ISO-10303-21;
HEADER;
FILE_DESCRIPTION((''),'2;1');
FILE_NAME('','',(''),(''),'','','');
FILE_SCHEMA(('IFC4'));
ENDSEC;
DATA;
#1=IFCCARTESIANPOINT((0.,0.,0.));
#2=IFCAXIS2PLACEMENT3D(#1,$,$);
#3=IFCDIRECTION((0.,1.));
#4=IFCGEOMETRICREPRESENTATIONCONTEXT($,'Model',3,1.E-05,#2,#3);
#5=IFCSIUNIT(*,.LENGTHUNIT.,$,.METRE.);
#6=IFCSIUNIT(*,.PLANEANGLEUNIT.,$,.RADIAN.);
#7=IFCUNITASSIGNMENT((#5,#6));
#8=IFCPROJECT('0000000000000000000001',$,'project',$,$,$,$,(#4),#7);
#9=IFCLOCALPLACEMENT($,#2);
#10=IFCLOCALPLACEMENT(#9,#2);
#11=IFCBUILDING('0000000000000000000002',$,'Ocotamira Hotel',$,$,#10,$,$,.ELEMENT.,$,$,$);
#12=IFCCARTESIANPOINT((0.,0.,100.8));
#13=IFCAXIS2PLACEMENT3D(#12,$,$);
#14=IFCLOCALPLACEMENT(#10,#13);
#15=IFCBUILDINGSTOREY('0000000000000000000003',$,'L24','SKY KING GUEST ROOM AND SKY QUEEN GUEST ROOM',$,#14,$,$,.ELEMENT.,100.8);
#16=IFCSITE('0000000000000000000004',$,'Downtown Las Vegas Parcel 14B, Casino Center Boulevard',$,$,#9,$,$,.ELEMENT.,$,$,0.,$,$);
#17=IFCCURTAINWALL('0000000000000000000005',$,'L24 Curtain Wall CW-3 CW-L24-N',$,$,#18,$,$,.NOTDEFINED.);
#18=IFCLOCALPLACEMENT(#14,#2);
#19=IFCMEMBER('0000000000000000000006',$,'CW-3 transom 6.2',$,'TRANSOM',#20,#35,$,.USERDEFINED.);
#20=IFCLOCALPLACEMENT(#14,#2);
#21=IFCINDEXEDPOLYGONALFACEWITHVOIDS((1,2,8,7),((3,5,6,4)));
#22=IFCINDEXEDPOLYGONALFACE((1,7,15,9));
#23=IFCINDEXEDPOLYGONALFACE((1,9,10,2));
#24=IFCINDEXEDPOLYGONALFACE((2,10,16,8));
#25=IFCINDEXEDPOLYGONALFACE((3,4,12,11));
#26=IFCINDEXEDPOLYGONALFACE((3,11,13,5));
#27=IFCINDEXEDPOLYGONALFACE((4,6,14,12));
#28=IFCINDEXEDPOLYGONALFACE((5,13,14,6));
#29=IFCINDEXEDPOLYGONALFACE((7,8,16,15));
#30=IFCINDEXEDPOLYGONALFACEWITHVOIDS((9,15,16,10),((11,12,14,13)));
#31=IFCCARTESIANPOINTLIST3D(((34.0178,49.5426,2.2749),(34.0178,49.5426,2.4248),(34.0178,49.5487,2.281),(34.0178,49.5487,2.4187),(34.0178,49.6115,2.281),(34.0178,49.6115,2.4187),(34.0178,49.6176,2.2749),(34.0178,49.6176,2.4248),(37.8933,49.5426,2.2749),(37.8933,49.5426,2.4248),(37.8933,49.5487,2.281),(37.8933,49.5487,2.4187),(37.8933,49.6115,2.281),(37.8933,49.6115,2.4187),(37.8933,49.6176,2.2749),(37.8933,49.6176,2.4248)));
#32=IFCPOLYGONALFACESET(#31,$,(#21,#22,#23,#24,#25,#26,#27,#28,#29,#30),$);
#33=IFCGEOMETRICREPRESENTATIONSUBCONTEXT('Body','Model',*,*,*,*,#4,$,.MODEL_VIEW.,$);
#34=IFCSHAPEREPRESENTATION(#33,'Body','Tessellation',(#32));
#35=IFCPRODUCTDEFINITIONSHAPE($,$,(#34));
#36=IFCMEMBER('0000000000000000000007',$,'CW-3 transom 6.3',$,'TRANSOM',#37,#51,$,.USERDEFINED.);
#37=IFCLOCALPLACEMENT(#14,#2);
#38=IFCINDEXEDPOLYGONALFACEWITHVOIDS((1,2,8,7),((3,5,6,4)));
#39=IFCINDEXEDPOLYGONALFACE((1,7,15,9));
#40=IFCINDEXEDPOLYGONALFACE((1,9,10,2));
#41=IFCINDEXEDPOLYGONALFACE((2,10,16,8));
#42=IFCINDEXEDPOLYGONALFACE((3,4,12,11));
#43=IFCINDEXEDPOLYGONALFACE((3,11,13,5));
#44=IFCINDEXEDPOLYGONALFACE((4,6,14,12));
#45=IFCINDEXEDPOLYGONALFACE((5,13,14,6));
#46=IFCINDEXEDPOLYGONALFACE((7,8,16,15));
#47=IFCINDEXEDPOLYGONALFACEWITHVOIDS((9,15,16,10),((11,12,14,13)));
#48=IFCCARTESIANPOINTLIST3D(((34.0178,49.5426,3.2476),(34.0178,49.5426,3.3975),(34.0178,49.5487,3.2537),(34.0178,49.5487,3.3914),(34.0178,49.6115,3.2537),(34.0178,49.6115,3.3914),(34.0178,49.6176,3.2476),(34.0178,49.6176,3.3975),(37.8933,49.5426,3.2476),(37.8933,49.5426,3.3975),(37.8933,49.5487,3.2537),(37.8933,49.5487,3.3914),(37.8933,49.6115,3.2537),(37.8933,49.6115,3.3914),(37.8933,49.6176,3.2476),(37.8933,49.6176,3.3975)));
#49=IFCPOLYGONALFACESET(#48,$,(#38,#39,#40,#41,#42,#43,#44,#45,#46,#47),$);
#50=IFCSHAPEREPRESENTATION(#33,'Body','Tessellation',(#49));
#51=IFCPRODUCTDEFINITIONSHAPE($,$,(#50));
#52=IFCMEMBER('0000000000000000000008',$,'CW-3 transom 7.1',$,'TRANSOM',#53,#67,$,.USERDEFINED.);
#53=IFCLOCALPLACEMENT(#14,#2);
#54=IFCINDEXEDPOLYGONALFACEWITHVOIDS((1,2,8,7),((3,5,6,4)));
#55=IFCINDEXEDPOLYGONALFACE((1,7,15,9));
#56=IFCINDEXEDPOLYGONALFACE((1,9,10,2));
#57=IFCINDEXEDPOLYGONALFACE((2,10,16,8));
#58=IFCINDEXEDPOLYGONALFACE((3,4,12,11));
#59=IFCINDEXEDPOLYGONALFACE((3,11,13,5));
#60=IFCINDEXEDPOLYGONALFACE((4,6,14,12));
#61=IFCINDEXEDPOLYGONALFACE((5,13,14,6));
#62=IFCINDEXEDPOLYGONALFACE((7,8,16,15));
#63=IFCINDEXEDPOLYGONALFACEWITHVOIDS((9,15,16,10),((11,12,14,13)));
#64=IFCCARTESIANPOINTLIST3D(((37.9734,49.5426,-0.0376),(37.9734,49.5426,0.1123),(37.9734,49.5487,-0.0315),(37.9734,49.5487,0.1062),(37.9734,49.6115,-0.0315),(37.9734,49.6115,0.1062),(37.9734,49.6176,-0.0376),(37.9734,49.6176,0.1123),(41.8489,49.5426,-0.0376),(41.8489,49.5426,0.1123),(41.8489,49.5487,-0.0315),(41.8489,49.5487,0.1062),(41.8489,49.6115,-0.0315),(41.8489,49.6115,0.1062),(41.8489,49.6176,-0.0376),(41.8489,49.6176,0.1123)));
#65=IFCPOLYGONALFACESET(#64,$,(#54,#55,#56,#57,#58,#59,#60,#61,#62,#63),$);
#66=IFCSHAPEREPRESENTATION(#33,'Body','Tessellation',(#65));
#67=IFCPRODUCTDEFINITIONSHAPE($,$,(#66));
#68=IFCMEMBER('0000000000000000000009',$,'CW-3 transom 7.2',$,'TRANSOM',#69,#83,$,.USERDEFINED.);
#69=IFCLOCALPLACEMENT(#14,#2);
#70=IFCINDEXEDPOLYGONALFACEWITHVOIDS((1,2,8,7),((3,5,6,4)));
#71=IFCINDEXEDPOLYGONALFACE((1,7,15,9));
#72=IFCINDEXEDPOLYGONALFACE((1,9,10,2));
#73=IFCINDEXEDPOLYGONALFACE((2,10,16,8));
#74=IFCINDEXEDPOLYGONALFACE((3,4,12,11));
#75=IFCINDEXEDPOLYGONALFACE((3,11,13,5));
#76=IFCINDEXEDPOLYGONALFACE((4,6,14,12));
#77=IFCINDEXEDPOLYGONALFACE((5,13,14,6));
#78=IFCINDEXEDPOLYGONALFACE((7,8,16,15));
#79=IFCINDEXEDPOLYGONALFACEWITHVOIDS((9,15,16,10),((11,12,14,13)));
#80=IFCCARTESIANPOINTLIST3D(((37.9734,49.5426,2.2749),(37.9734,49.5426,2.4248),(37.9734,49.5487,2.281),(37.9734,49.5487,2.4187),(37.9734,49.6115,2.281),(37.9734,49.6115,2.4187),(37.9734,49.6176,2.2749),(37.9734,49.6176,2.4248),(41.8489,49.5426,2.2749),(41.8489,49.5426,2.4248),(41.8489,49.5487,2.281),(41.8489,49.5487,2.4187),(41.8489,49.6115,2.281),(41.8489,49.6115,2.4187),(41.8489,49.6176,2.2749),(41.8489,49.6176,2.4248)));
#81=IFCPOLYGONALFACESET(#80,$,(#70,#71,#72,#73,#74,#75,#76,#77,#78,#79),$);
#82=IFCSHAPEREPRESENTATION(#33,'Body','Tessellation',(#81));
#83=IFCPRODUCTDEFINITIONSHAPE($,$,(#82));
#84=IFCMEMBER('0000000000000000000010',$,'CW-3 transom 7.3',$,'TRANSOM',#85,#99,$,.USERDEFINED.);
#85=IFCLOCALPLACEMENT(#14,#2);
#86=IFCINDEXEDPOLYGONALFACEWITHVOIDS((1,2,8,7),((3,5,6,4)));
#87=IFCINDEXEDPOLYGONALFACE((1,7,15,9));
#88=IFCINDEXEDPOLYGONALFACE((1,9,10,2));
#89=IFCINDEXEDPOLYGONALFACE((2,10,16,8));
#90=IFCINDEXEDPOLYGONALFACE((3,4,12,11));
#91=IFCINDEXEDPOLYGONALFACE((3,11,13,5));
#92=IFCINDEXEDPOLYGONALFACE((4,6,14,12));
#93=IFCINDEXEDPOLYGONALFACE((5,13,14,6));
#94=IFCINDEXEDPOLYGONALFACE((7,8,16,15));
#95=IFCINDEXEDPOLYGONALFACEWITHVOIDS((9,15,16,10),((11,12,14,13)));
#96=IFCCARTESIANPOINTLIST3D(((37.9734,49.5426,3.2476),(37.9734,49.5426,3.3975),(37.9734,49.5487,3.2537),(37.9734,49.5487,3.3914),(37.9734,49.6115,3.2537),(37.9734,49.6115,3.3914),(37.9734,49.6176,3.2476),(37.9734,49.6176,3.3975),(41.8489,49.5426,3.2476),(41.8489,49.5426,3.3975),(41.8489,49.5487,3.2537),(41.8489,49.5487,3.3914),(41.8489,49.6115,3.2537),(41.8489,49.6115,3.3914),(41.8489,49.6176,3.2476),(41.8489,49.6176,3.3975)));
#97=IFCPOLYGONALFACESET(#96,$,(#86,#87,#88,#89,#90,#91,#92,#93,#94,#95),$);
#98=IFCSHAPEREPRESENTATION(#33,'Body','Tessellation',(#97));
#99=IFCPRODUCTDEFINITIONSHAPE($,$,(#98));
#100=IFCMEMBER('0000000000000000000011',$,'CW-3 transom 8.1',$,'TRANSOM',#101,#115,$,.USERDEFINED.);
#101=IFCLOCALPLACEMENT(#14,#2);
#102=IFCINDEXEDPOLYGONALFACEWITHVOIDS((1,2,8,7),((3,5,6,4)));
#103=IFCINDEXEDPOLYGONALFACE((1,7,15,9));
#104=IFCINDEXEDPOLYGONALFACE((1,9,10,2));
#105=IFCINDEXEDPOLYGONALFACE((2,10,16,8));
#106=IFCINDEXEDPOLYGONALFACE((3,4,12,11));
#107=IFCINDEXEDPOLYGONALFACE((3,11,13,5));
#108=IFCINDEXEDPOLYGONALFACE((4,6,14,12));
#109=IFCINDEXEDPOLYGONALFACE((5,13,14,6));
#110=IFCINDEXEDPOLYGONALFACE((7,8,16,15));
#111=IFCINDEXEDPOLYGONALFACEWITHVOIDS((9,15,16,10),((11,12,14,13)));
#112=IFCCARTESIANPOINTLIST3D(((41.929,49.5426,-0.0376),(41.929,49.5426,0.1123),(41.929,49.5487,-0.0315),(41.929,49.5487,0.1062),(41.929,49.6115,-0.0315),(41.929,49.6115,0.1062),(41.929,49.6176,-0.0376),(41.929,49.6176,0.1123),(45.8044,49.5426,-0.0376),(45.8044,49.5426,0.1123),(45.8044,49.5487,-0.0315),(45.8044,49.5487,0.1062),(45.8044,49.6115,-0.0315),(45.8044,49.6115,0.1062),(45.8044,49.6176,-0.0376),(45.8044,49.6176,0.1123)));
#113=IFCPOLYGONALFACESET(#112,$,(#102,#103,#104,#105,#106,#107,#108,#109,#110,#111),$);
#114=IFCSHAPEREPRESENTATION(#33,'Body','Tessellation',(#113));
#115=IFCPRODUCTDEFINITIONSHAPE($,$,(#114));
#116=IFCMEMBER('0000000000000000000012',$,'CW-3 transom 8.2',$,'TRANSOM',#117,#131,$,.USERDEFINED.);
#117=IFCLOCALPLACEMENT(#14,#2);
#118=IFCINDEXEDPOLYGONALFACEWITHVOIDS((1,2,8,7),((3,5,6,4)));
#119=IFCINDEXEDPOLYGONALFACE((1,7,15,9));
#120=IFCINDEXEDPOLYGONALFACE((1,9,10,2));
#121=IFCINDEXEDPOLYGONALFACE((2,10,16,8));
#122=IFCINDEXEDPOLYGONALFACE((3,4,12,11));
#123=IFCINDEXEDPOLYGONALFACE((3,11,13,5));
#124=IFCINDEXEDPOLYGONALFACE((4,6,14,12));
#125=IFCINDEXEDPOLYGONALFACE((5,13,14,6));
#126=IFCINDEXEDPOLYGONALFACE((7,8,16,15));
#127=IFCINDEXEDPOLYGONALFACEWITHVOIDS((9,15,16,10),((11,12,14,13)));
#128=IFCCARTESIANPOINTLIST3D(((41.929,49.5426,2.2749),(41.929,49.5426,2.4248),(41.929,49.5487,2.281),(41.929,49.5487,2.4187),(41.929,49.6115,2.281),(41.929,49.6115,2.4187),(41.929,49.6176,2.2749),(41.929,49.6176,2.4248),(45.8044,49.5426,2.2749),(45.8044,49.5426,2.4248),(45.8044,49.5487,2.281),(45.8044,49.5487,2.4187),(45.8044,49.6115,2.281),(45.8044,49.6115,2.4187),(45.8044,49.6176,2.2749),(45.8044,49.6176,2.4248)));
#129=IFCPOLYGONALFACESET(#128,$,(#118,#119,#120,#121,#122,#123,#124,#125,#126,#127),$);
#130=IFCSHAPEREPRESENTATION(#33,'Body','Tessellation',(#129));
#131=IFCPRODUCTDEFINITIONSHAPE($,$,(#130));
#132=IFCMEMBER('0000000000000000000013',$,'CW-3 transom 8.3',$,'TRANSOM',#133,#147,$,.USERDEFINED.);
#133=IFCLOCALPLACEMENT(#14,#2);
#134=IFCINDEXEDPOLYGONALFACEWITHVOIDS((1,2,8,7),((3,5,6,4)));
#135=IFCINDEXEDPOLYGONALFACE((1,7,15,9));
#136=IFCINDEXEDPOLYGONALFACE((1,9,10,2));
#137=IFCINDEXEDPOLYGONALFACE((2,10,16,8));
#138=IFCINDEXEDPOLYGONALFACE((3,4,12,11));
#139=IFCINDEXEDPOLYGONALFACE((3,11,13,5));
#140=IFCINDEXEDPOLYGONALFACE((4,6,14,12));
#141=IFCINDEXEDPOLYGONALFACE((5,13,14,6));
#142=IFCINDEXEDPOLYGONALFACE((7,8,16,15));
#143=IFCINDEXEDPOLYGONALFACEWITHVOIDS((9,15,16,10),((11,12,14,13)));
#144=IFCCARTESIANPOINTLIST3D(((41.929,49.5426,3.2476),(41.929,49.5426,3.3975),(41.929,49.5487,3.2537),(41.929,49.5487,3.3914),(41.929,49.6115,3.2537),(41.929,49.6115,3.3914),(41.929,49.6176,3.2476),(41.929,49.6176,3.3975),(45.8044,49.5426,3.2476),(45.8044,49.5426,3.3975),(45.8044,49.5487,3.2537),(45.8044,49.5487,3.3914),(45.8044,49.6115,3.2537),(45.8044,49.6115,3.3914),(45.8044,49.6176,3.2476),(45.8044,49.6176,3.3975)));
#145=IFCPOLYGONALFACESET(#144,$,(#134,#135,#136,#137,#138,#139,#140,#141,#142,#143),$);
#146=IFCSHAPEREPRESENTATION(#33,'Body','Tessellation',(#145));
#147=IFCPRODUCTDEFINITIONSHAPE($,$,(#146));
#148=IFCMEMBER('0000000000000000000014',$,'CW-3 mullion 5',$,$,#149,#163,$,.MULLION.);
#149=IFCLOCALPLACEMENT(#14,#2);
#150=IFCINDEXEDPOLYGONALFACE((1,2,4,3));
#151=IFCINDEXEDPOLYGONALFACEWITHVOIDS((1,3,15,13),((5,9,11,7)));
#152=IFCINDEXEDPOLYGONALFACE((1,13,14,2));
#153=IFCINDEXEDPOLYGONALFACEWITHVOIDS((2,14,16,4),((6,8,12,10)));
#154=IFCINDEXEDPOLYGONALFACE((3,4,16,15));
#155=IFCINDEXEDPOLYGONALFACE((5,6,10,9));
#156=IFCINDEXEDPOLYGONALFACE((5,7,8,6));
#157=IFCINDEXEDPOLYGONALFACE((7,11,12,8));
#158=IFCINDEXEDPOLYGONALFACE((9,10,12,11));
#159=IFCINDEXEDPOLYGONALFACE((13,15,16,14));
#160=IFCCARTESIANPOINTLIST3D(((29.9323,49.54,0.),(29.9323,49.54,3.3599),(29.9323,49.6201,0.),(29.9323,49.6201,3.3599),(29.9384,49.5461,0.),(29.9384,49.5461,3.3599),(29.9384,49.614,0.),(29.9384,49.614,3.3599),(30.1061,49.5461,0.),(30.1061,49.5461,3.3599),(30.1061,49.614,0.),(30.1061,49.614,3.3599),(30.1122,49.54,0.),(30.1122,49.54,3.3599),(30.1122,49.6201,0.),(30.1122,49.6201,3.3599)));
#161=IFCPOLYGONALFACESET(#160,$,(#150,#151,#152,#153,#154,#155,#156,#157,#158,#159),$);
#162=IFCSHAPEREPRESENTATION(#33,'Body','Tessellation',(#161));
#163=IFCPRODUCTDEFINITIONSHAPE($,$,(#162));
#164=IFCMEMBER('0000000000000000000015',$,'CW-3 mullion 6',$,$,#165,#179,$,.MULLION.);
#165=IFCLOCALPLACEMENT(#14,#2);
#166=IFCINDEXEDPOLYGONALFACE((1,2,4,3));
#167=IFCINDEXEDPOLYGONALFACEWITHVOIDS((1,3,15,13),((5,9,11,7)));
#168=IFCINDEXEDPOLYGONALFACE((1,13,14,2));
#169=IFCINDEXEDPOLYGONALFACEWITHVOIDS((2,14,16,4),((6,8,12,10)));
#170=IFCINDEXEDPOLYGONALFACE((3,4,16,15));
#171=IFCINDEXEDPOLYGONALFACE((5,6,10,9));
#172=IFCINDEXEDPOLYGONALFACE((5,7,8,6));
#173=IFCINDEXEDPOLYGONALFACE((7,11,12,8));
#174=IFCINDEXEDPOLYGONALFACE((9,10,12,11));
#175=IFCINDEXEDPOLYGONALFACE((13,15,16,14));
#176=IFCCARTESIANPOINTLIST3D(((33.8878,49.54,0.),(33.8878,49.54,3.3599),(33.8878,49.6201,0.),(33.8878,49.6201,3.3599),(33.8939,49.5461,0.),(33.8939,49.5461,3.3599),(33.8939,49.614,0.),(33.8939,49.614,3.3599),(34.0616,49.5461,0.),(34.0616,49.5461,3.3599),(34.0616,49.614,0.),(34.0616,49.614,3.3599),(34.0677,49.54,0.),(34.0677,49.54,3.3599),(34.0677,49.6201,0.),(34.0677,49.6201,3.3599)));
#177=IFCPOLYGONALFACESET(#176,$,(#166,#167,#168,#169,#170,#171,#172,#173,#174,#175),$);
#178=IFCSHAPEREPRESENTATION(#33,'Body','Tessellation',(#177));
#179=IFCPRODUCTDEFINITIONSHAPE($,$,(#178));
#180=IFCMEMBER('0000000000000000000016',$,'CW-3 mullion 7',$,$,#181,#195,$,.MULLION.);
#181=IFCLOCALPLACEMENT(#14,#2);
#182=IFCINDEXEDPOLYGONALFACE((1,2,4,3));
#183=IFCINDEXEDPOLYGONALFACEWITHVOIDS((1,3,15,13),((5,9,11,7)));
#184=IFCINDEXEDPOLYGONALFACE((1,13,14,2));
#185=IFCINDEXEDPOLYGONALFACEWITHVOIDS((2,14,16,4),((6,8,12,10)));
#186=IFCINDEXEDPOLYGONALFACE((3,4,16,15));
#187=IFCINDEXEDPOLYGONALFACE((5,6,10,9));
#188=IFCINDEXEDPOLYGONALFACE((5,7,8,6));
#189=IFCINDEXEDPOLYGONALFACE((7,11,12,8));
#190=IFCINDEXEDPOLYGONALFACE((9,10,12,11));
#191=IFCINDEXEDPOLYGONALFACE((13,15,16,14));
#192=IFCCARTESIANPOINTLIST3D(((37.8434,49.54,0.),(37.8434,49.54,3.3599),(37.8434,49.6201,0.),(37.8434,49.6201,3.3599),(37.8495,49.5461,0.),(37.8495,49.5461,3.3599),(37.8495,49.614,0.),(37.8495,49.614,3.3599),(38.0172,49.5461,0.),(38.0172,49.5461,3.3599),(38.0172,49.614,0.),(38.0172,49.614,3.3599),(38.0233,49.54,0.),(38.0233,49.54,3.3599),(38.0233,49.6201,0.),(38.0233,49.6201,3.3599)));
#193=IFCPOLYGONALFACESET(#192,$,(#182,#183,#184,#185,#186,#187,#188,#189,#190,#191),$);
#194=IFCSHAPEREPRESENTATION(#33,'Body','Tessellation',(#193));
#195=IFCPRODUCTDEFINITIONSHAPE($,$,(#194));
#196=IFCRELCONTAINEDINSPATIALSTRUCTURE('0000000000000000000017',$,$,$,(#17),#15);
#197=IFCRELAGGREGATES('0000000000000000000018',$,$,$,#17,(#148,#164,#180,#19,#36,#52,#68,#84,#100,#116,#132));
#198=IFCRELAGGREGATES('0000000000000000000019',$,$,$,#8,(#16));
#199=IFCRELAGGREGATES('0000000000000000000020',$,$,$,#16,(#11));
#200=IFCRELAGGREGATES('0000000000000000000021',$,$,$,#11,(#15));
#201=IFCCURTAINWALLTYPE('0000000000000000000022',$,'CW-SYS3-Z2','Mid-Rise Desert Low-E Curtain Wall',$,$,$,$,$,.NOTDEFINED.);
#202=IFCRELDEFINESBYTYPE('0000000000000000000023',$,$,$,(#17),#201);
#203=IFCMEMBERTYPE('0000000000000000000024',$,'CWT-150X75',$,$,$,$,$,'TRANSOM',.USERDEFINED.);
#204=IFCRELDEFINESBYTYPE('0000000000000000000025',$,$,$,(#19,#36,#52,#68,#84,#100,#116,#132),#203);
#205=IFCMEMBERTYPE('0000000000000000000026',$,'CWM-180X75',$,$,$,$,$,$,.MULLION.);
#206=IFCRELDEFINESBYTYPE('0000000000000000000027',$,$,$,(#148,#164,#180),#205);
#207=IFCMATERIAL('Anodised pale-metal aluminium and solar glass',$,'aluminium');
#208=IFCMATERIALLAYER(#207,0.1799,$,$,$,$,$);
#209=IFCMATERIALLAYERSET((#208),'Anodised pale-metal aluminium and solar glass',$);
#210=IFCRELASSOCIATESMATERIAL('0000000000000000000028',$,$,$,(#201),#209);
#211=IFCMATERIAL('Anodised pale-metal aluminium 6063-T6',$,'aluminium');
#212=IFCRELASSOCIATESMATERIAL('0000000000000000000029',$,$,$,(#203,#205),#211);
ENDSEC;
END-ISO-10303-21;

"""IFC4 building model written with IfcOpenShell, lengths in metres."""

from ifc_helpers import new_model, si_unit, direction, frame, origin, origin_2d, place, context, subcontext, project, spatial, hollow_rectangle, extrude, source, transform, mapped, material, layer, layer_set, material_profile, profile_set, type_object, element, aggregate, save


model = new_model("IFC4")

# Units and contexts
model_context = context("Model", 3, precision=1e-05, world=origin(), true_north=direction((0.0, 1.0)))
body_context = subcontext(model_context, "Body", "Model", "MODEL_VIEW")
ifc_project = project(units=[si_unit("LENGTHUNIT", "METRE"), si_unit("PLANEANGLEUNIT", "RADIAN")], contexts=[model_context])

# Site, building, storey
site_placement = place(None, origin())
site = spatial("IfcSite", under=ifc_project, at=site_placement, Name="Downtown Las Vegas Parcel 14B, Casino Center Boulevard", CompositionType="ELEMENT", RefElevation=0.0)
building_placement = place(site_placement, origin())
building = spatial("IfcBuilding", under=site, at=building_placement, Name="Ocotamira Hotel", CompositionType="ELEMENT")
storey_placement = place(building_placement, frame((0.0, 0.0, 100.8)))
storey = spatial("IfcBuildingStorey", under=building, at=storey_placement, Name="L24", Description="SKY KING GUEST ROOM AND SKY QUEEN GUEST ROOM", CompositionType="ELEMENT", Elevation=100.8)

# Curtain wall, members
ifc_material_1 = material(Name="Anodised pale-metal aluminium and solar glass", Category="aluminium")
ifc_layer_1 = layer(ifc_material_1, 0.1799)
ifc_layer_set_1 = layer_set([ifc_layer_1], Name="Anodised pale-metal aluminium and solar glass")
curtain_wall_type = type_object("IfcCurtainWallType", Name="CW-SYS3-Z2", Description="Mid-Rise Desert Low-E Curtain Wall", PredefinedType="NOTDEFINED", material=ifc_layer_set_1)
curtain_wall_placement = place(storey_placement, origin())
curtain_wall = element("IfcCurtainWall", 1, at=curtain_wall_placement, inside=storey, type_object=curtain_wall_type, Name="L24 Curtain Wall CW-3 CW-L24-N", PredefinedType="NOTDEFINED")
ifc_material_2 = material(Name="Anodised pale-metal aluminium 6063-T6", Category="aluminium")
ifc_material_profile_1 = material_profile(ifc_material_2, hollow_rectangle(XDim=0.075, YDim=0.1499, WallThickness=0.0061, at=origin_2d()), Name="HSS150X75X6")
ifc_profile_set_1 = profile_set([ifc_material_profile_1], Name="Anodised pale-metal aluminium 6063-T6")
member_type_1 = type_object("IfcMemberType", Name="CWT-150X75", ElementType="TRANSOM", PredefinedType="USERDEFINED", material=ifc_profile_set_1)
shared_shape_1 = source(origin(), body_context, "Body", "SweptSolid", [
    extrude(hollow_rectangle(XDim=0.075, YDim=0.1499, WallThickness=0.0061, at=origin_2d()), origin(), (0.0, 0.0, 1.0), 3.8755),
])
member_1_placement = place(storey_placement, frame((34.0178, 49.5801, 2.3499), z_axis=(1.0, 0.0, 0.0), x_axis=(0.0, 1.0, 0.0)))
member_1 = element("IfcMember", 2, at=member_1_placement, type_object=member_type_1, Name="CW-3 transom 6.2", ObjectType="TRANSOM", PredefinedType="USERDEFINED", context=body_context, shape_type="MappedRepresentation", body=[
    mapped(shared_shape_1, transform((0.0, 0.0, 0.0), scale=1.0)),
])
member_2_placement = place(storey_placement, frame((34.0178, 49.5801, 3.3225), z_axis=(1.0, 0.0, 0.0), x_axis=(0.0, 1.0, 0.0)))
member_2 = element("IfcMember", 3, at=member_2_placement, type_object=member_type_1, Name="CW-3 transom 6.3", ObjectType="TRANSOM", PredefinedType="USERDEFINED", context=body_context, shape_type="MappedRepresentation", body=[
    mapped(shared_shape_1, transform((0.0, 0.0, 0.0), scale=1.0)),
])
member_3_placement = place(storey_placement, frame((37.9734, 49.5801, 0.0374), z_axis=(1.0, 0.0, 0.0), x_axis=(0.0, 1.0, 0.0)))
member_3 = element("IfcMember", 4, at=member_3_placement, type_object=member_type_1, Name="CW-3 transom 7.1", ObjectType="TRANSOM", PredefinedType="USERDEFINED", context=body_context, shape_type="MappedRepresentation", body=[
    mapped(shared_shape_1, transform((0.0, 0.0, 0.0), scale=1.0)),
])
member_4_placement = place(storey_placement, frame((37.9734, 49.5801, 2.3499), z_axis=(1.0, 0.0, 0.0), x_axis=(0.0, 1.0, 0.0)))
member_4 = element("IfcMember", 5, at=member_4_placement, type_object=member_type_1, Name="CW-3 transom 7.2", ObjectType="TRANSOM", PredefinedType="USERDEFINED", context=body_context, shape_type="MappedRepresentation", body=[
    mapped(shared_shape_1, transform((0.0, 0.0, 0.0), scale=1.0)),
])
member_5_placement = place(storey_placement, frame((37.9734, 49.5801, 3.3225), z_axis=(1.0, 0.0, 0.0), x_axis=(0.0, 1.0, 0.0)))
member_5 = element("IfcMember", 6, at=member_5_placement, type_object=member_type_1, Name="CW-3 transom 7.3", ObjectType="TRANSOM", PredefinedType="USERDEFINED", context=body_context, shape_type="MappedRepresentation", body=[
    mapped(shared_shape_1, transform((0.0, 0.0, 0.0), scale=1.0)),
])
member_6_placement = place(storey_placement, frame((41.929, 49.5801, 0.0374), z_axis=(1.0, 0.0, 0.0), x_axis=(0.0, 1.0, 0.0)))
member_6 = element("IfcMember", 7, at=member_6_placement, type_object=member_type_1, Name="CW-3 transom 8.1", ObjectType="TRANSOM", PredefinedType="USERDEFINED", context=body_context, shape_type="MappedRepresentation", body=[
    mapped(shared_shape_1, transform((0.0, 0.0, 0.0), scale=1.0)),
])
member_7_placement = place(storey_placement, frame((41.929, 49.5801, 2.3499), z_axis=(1.0, 0.0, 0.0), x_axis=(0.0, 1.0, 0.0)))
member_7 = element("IfcMember", 8, at=member_7_placement, type_object=member_type_1, Name="CW-3 transom 8.2", ObjectType="TRANSOM", PredefinedType="USERDEFINED", context=body_context, shape_type="MappedRepresentation", body=[
    mapped(shared_shape_1, transform((0.0, 0.0, 0.0), scale=1.0)),
])
member_8_placement = place(storey_placement, frame((41.929, 49.5801, 3.3225), z_axis=(1.0, 0.0, 0.0), x_axis=(0.0, 1.0, 0.0)))
member_8 = element("IfcMember", 9, at=member_8_placement, type_object=member_type_1, Name="CW-3 transom 8.3", ObjectType="TRANSOM", PredefinedType="USERDEFINED", context=body_context, shape_type="MappedRepresentation", body=[
    mapped(shared_shape_1, transform((0.0, 0.0, 0.0), scale=1.0)),
])
ifc_material_profile_2 = material_profile(ifc_material_2, hollow_rectangle(XDim=0.0801, YDim=0.1799, WallThickness=0.0061, at=origin_2d()), Name="HSS180X80X6")
ifc_profile_set_2 = profile_set([ifc_material_profile_2], Name="Anodised pale-metal aluminium 6063-T6")
member_type_2 = type_object("IfcMemberType", Name="CWM-180X75", PredefinedType="MULLION", material=ifc_profile_set_2)
shared_shape_2 = source(origin(), body_context, "Body", "SweptSolid", [
    extrude(hollow_rectangle(XDim=0.0801, YDim=0.1799, WallThickness=0.0061, at=origin_2d()), origin(), (0.0, 0.0, 1.0), 3.3599),
])
member_9_placement = place(storey_placement, frame((30.0222, 49.5801, 0.0), z_axis=(0.0, 0.0, 1.0), x_axis=(0.0, 1.0, 0.0)))
member_9 = element("IfcMember", 10, at=member_9_placement, type_object=member_type_2, Name="CW-3 mullion 5", PredefinedType="MULLION", context=body_context, shape_type="MappedRepresentation", body=[
    mapped(shared_shape_2, transform((0.0, 0.0, 0.0), scale=1.0)),
])
member_10_placement = place(storey_placement, frame((33.9778, 49.5801, 0.0), z_axis=(0.0, 0.0, 1.0), x_axis=(0.0, 1.0, 0.0)))
member_10 = element("IfcMember", 11, at=member_10_placement, type_object=member_type_2, Name="CW-3 mullion 6", PredefinedType="MULLION", context=body_context, shape_type="MappedRepresentation", body=[
    mapped(shared_shape_2, transform((0.0, 0.0, 0.0), scale=1.0)),
])
member_11_placement = place(storey_placement, frame((37.9333, 49.5801, 0.0), z_axis=(0.0, 0.0, 1.0), x_axis=(0.0, 1.0, 0.0)))
member_11 = element("IfcMember", 12, at=member_11_placement, type_object=member_type_2, Name="CW-3 mullion 7", PredefinedType="MULLION", context=body_context, shape_type="MappedRepresentation", body=[
    mapped(shared_shape_2, transform((0.0, 0.0, 0.0), scale=1.0)),
])

aggregate(curtain_wall, [member_9, member_10, member_11, member_1, member_2, member_3, member_4, member_5, member_6, member_7, member_8])

save(model, "model.ifc")
